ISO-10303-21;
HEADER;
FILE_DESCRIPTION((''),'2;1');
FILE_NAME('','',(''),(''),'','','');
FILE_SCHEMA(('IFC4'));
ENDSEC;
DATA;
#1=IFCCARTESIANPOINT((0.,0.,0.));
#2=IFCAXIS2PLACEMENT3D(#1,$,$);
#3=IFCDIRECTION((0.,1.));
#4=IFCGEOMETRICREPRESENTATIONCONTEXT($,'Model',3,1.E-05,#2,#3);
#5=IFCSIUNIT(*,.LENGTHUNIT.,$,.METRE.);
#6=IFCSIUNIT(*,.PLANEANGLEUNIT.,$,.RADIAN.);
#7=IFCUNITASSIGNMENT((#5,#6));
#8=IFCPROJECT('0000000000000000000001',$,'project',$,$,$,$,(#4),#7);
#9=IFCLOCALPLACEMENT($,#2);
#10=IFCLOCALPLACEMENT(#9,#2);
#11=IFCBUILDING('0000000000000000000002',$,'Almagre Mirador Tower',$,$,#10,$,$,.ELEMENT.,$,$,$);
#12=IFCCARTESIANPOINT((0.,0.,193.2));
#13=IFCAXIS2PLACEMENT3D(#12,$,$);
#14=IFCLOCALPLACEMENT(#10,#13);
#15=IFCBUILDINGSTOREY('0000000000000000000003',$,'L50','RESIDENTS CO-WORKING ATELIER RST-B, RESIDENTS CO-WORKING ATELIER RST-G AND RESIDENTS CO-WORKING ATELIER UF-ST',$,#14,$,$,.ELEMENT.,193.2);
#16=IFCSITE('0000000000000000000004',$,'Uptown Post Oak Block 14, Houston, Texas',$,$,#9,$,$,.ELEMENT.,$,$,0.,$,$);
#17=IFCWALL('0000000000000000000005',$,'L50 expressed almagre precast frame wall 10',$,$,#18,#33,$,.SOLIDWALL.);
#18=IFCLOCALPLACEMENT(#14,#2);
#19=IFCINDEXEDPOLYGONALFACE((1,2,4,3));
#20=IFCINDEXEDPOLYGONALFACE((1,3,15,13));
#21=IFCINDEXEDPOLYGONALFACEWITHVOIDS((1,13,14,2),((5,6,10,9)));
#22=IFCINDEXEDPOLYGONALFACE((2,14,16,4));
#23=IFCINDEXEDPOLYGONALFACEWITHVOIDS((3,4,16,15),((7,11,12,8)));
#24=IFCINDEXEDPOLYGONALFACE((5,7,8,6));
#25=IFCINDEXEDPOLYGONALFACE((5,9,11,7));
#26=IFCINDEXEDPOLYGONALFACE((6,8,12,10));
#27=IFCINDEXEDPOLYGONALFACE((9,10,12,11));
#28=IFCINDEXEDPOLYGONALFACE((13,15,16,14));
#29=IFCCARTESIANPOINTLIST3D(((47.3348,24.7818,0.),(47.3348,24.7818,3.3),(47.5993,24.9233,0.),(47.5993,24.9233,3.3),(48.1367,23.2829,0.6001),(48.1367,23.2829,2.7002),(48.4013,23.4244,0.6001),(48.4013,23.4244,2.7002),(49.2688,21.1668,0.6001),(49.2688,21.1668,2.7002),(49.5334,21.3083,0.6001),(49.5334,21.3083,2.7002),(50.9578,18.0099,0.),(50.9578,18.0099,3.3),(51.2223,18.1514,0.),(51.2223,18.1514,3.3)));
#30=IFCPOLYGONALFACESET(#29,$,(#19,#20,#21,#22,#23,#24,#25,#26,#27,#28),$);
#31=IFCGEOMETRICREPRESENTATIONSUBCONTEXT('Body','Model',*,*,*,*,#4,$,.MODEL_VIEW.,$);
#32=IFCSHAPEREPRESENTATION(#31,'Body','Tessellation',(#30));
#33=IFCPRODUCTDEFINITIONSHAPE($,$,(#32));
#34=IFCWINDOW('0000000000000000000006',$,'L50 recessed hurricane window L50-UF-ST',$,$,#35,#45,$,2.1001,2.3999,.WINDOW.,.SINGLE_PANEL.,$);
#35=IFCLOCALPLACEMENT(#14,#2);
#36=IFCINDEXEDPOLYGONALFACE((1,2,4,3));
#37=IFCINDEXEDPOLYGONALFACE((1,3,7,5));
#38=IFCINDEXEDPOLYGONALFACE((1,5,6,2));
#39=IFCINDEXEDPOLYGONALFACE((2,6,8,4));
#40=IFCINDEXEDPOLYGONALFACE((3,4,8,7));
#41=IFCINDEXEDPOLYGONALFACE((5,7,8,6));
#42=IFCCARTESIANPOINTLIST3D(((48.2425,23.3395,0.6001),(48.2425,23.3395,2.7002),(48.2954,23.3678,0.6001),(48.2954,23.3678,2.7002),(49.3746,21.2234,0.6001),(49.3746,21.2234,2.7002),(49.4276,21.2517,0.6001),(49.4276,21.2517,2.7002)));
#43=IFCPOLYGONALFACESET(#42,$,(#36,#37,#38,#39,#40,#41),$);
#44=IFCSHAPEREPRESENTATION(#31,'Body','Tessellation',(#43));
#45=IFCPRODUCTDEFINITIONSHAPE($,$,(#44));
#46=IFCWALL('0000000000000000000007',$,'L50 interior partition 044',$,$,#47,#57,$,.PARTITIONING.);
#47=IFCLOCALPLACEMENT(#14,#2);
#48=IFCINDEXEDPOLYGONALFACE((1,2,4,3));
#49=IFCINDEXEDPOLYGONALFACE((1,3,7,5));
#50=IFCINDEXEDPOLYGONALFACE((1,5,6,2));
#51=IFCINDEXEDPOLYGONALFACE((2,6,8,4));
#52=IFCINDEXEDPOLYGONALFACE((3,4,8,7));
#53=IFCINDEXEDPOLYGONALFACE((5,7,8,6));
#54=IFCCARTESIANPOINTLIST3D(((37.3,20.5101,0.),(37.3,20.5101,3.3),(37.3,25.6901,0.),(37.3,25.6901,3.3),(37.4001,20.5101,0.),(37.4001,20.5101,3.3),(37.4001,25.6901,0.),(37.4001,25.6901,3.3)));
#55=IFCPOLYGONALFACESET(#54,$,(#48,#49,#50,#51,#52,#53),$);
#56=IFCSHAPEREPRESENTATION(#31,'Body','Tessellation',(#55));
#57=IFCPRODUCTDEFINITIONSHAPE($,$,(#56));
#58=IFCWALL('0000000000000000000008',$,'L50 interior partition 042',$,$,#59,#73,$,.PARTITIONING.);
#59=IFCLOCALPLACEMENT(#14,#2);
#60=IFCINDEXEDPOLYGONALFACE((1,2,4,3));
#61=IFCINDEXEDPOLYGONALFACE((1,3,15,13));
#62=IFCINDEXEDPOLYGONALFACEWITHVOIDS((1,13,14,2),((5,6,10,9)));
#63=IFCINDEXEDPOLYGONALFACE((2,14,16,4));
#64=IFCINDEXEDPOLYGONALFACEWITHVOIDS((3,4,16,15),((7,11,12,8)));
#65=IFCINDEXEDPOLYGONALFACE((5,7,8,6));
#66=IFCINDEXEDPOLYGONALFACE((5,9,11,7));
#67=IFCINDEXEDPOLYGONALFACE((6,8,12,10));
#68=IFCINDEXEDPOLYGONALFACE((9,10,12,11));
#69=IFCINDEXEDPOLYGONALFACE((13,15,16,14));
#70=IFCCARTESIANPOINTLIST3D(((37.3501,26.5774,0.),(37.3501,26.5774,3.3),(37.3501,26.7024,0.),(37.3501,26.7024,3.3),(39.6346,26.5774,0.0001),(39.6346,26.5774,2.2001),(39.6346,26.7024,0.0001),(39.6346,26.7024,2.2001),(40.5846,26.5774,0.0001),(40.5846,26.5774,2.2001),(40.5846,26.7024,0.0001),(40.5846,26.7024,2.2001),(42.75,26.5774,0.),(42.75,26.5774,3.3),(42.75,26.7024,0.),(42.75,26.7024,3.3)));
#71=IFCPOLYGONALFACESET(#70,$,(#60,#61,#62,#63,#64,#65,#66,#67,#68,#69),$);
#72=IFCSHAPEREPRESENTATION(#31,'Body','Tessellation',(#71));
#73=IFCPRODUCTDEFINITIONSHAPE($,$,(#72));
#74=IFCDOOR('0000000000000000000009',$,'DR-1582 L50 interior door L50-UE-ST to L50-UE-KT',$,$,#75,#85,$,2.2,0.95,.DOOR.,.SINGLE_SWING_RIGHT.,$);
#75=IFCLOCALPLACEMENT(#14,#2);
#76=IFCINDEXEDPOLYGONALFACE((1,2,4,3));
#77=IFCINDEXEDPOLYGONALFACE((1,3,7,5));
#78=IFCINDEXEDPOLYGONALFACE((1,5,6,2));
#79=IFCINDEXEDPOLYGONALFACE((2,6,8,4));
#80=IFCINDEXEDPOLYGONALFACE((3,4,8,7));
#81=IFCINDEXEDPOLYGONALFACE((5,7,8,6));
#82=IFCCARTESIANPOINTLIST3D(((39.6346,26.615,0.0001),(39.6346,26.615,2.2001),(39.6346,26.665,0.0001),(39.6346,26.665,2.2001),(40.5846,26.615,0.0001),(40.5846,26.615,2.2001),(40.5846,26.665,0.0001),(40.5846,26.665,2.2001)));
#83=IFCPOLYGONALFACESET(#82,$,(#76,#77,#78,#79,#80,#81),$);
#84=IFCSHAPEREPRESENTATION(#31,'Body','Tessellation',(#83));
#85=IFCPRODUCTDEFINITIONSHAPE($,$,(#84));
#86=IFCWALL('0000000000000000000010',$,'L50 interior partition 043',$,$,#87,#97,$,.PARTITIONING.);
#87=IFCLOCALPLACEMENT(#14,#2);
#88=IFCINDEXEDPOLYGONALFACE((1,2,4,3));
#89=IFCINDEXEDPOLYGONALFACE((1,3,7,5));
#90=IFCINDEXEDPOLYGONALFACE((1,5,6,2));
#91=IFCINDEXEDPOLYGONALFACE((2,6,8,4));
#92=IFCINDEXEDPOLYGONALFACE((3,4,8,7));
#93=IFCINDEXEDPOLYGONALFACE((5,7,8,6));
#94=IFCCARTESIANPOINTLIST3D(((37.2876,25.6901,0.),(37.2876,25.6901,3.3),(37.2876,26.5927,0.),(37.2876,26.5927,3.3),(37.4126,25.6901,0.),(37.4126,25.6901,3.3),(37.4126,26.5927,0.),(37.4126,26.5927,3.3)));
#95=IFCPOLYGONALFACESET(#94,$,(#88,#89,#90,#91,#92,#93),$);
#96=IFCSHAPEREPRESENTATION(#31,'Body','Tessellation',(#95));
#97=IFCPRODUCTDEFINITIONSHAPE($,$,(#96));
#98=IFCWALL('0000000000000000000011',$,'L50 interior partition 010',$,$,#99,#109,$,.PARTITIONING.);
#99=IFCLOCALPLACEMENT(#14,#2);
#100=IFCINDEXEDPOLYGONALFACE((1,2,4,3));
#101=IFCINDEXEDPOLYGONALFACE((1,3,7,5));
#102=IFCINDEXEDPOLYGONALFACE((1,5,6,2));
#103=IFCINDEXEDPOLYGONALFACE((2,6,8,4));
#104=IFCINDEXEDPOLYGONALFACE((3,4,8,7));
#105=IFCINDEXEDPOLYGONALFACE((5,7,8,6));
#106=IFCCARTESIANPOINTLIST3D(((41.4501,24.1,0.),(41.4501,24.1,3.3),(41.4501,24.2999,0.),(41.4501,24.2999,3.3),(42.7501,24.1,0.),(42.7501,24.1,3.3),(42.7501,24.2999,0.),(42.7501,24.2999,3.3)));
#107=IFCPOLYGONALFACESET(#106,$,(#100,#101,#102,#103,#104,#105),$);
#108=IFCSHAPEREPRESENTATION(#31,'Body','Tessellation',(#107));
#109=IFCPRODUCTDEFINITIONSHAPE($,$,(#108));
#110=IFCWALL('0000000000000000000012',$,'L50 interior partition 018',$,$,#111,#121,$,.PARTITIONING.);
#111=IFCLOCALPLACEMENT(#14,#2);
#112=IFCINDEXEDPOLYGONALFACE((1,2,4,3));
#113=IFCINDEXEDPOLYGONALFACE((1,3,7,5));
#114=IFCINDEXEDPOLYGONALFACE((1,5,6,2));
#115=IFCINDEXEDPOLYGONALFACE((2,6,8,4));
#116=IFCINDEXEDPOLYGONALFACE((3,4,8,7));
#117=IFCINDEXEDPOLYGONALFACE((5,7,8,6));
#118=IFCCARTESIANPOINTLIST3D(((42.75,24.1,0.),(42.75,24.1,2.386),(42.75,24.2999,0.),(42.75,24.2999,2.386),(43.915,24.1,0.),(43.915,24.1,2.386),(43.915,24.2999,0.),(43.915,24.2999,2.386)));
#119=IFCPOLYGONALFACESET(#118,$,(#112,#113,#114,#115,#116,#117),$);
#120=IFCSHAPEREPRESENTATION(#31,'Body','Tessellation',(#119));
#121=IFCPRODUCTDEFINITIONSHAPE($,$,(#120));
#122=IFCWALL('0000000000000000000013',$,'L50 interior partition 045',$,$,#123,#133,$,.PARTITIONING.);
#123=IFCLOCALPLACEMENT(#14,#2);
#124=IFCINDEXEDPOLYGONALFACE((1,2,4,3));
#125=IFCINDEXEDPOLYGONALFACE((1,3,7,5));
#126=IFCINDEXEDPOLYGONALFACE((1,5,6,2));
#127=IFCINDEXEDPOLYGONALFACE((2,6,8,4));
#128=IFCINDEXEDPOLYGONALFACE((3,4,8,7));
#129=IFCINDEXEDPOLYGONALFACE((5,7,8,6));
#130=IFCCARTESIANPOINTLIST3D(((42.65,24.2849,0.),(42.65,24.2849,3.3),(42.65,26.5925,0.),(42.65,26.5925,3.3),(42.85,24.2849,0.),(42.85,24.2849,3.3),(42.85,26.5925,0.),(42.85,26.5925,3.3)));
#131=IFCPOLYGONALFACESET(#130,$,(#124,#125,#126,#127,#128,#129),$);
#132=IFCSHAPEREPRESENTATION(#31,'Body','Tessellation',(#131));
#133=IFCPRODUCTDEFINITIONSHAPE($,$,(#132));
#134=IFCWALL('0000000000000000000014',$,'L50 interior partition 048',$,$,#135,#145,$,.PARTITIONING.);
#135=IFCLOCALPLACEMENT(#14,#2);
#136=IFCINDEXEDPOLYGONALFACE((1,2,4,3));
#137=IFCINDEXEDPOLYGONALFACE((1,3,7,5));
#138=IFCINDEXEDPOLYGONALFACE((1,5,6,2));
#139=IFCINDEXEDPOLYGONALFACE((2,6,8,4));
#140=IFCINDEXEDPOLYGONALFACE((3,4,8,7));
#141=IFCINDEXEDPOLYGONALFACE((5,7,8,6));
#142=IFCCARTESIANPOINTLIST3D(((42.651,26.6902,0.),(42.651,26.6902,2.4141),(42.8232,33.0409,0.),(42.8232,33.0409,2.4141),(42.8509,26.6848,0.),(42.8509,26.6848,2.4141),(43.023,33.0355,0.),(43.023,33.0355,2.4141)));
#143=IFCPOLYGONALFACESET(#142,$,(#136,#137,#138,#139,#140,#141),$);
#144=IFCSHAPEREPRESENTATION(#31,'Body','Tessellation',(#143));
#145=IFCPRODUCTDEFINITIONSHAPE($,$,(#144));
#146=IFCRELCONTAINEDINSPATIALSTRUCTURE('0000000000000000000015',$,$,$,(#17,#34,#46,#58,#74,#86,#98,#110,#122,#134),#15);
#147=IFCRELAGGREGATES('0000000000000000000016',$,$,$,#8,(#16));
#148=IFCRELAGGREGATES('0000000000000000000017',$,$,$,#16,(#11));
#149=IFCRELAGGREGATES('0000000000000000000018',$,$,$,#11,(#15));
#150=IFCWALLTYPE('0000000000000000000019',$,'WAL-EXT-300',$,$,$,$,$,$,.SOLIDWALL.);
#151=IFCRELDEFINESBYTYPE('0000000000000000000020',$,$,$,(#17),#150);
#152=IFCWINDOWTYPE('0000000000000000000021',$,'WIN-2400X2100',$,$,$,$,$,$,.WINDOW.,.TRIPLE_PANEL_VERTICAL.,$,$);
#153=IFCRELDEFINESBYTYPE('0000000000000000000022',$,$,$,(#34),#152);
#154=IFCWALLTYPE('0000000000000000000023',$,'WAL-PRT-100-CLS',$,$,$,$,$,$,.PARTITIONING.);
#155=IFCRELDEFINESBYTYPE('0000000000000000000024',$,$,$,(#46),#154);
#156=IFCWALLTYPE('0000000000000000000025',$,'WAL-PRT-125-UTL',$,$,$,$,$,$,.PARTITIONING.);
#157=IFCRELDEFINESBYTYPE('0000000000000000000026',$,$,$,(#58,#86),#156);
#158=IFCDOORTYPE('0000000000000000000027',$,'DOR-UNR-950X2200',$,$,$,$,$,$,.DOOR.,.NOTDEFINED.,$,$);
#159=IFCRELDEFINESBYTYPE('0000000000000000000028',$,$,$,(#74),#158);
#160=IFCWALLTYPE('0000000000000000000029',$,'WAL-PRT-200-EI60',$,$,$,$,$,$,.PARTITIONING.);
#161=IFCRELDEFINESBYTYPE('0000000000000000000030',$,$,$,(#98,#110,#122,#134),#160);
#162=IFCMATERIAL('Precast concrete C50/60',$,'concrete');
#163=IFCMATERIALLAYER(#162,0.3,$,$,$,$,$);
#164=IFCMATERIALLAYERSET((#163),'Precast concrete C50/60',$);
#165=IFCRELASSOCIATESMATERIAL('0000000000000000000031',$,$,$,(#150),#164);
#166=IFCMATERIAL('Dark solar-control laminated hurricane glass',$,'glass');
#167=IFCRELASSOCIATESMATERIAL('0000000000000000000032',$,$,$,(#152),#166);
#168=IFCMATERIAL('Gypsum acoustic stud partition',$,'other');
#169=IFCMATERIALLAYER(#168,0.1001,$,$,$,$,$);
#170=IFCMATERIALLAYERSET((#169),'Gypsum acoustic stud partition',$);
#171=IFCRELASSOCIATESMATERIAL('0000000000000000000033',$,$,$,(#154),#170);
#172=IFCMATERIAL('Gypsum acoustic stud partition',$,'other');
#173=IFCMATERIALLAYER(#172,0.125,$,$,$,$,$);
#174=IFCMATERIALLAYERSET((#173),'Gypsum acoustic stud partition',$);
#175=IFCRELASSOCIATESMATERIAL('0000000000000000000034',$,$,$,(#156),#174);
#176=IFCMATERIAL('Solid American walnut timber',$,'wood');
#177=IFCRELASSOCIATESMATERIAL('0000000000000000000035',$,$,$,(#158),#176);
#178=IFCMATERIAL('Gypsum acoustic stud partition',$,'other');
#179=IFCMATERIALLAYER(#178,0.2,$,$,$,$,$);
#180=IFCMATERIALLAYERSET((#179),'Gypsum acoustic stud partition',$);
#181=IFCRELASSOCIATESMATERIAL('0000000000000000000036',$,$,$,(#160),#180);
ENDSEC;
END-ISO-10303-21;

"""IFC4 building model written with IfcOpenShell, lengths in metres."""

from ifc_helpers import new_model, si_unit, direction, frame, frame_2d, origin, place, context, subcontext, project, spatial, rectangle, extrude, material, layer, layer_set, type_object, element, fill, save


model = new_model("IFC4")

# Units and contexts
model_context = context("Model", 3, precision=1e-05, world=origin(), true_north=direction((0.0, 1.0)))
body_context = subcontext(model_context, "Body", "Model", "MODEL_VIEW")
ifc_project = project(units=[si_unit("LENGTHUNIT", "METRE"), si_unit("PLANEANGLEUNIT", "RADIAN")], contexts=[model_context])

# Site, building, storey
site_placement = place(None, origin())
site = spatial("IfcSite", under=ifc_project, at=site_placement, Name="Uptown Post Oak Block 14, Houston, Texas", CompositionType="ELEMENT", RefElevation=0.0)
building_placement = place(site_placement, origin())
building = spatial("IfcBuilding", under=site, at=building_placement, Name="Almagre Mirador Tower", CompositionType="ELEMENT")
storey_placement = place(building_placement, frame((0.0, 0.0, 193.2)))
storey = spatial("IfcBuildingStorey", under=building, at=storey_placement, Name="L50", Description="RESIDENTS CO-WORKING ATELIER RST-B, RESIDENTS CO-WORKING ATELIER RST-G AND RESIDENTS CO-WORKING ATELIER UF-ST", CompositionType="ELEMENT", Elevation=193.2)

# Wall, opening, window
ifc_material_1 = material(Name="Precast concrete C50/60", Category="concrete")
ifc_layer_1 = layer(ifc_material_1, 0.3)
ifc_layer_set_1 = layer_set([ifc_layer_1], Name="Precast concrete C50/60")
wall_type_1 = type_object("IfcWallType", Name="WAL-EXT-300", PredefinedType="SOLIDWALL", material=ifc_layer_set_1)
wall_1_placement = place(storey_placement, frame((47.467, 24.8525, 0.0), z_axis=(0.0, 0.0, 1.0), x_axis=(0.471736, -0.88174, 0.0)))
wall_1 = element("IfcWall", 1, at=wall_1_placement, inside=storey, type_object=wall_type_1, Name="L50 expressed almagre precast frame wall 10", PredefinedType="SOLIDWALL", context=body_context, shape_type="SweptSolid", body=[
    extrude(rectangle(XDim=7.6802, YDim=0.3, at=frame_2d((3.8401, 0.0))), origin(), (0.0, 0.0, 1.0), 3.3),
])
opening_1_placement = place(wall_1_placement, frame((1.7, 0.0, 0.6001)))
opening_1 = element("IfcOpeningElement", 2, at=opening_1_placement, cuts=wall_1, PredefinedType="OPENING", context=body_context, shape_type="SweptSolid", body=[
    extrude(rectangle(XDim=2.3999, YDim=2.1001, at=frame_2d((1.2, 1.05))), frame((0.0, 0.1599, 0.0), z_axis=(0.0, -1.0, 0.0), x_axis=(1.0, 0.0, 0.0)), (0.0, 0.0, 1.0), 0.32),
])
ifc_material_2 = material(Name="Dark solar-control laminated hurricane glass", Category="glass")
window_type = type_object("IfcWindowType", Name="WIN-2400X2100", PartitioningType="TRIPLE_PANEL_VERTICAL", PredefinedType="WINDOW", material=ifc_material_2)
window_placement = place(opening_1_placement, origin())
window = element("IfcWindow", 3, at=window_placement, inside=storey, type_object=window_type, Name="L50 recessed hurricane window L50-UF-ST", OverallHeight=2.1001, OverallWidth=2.3999, PartitioningType="SINGLE_PANEL", PredefinedType="WINDOW", context=body_context, shape_type="SweptSolid", body=[
    extrude(rectangle(XDim=2.3999, YDim=2.1001, at=frame_2d((1.2, 1.05))), frame((0.0, 0.03, 0.0), z_axis=(0.0, -1.0, 0.0), x_axis=(1.0, 0.0, 0.0)), (0.0, 0.0, 1.0), 0.0601),
])
fill(opening_1, window)

# Wall
ifc_material_3 = material(Name="Gypsum acoustic stud partition", Category="other")
ifc_layer_2 = layer(ifc_material_3, 0.1001)
ifc_layer_set_2 = layer_set([ifc_layer_2], Name="Gypsum acoustic stud partition")
wall_type_2 = type_object("IfcWallType", Name="WAL-PRT-100-CLS", PredefinedType="PARTITIONING", material=ifc_layer_set_2)
wall_2_placement = place(storey_placement, frame((37.3501, 25.6899, 0.0), z_axis=(0.0, 0.0, 1.0), x_axis=(0.0, -1.0, 0.0)))
element("IfcWall", 4, at=wall_2_placement, inside=storey, type_object=wall_type_2, Name="L50 interior partition 044", PredefinedType="PARTITIONING", context=body_context, shape_type="SweptSolid", body=[
    extrude(rectangle(XDim=5.1799, YDim=0.1001, at=frame_2d((2.5898, 0.0))), origin(), (0.0, 0.0, 1.0), 3.3),
])

# Wall, opening, door
ifc_material_4 = material(Name="Gypsum acoustic stud partition", Category="other")
ifc_layer_3 = layer(ifc_material_4, 0.125)
ifc_layer_set_3 = layer_set([ifc_layer_3], Name="Gypsum acoustic stud partition")
wall_type_3 = type_object("IfcWallType", Name="WAL-PRT-125-UTL", PredefinedType="PARTITIONING", material=ifc_layer_set_3)
wall_3_placement = place(storey_placement, frame((42.75, 26.6399, 0.0), z_axis=(0.0, 0.0, 1.0), x_axis=(-1.0, 0.0, 0.0)))
wall_3 = element("IfcWall", 5, at=wall_3_placement, inside=storey, type_object=wall_type_3, Name="L50 interior partition 042", PredefinedType="PARTITIONING", context=body_context, shape_type="SweptSolid", body=[
    extrude(rectangle(XDim=5.3999, YDim=0.125, at=frame_2d((2.7, 0.0))), origin(), (0.0, 0.0, 1.0), 3.3),
])
opening_2_placement = place(wall_3_placement, frame((2.1653, 0.0, 0.0)))
opening_2 = element("IfcOpeningElement", 6, at=opening_2_placement, cuts=wall_3, PredefinedType="OPENING", context=body_context, shape_type="SweptSolid", body=[
    extrude(rectangle(XDim=0.95, YDim=2.2, at=frame_2d((0.4751, 1.1001))), frame((0.0, 0.0725, 0.0), z_axis=(0.0, -1.0, 0.0), x_axis=(1.0, 0.0, 0.0)), (0.0, 0.0, 1.0), 0.145),
])
ifc_material_5 = material(Name="Solid American walnut timber", Category="wood")
door_type = type_object("IfcDoorType", Name="DOR-UNR-950X2200", OperationType="NOTDEFINED", PredefinedType="DOOR", material=ifc_material_5)
door_placement = place(opening_2_placement, origin())
door = element("IfcDoor", 7, at=door_placement, inside=storey, type_object=door_type, Name="DR-1582 L50 interior door L50-UE-ST to L50-UE-KT", OperationType="SINGLE_SWING_RIGHT", OverallHeight=2.2, OverallWidth=0.95, PredefinedType="DOOR", context=body_context, shape_type="SweptSolid", body=[
    extrude(rectangle(XDim=0.95, YDim=2.2, at=frame_2d((0.4751, 1.1001))), frame((0.0, 0.0249, 0.0), z_axis=(0.0, -1.0, 0.0), x_axis=(1.0, 0.0, 0.0)), (0.0, 0.0, 1.0), 0.05),
])
fill(opening_2, door)

# Walls
wall_4_placement = place(storey_placement, frame((37.3501, 26.5925, 0.0), z_axis=(0.0, 0.0, 1.0), x_axis=(0.0, -1.0, 0.0)))
element("IfcWall", 8, at=wall_4_placement, inside=storey, type_object=wall_type_3, Name="L50 interior partition 043", PredefinedType="PARTITIONING", context=body_context, shape_type="SweptSolid", body=[
    extrude(rectangle(XDim=0.9026, YDim=0.125, at=frame_2d((0.4512, 0.0))), origin(), (0.0, 0.0, 1.0), 3.3),
])
ifc_material_6 = material(Name="Gypsum acoustic stud partition", Category="other")
ifc_layer_4 = layer(ifc_material_6, 0.2)
ifc_layer_set_4 = layer_set([ifc_layer_4], Name="Gypsum acoustic stud partition")
wall_type_4 = type_object("IfcWallType", Name="WAL-PRT-200-EI60", PredefinedType="PARTITIONING", material=ifc_layer_set_4)
wall_5_placement = place(storey_placement, frame((42.75, 24.2, 0.0), z_axis=(0.0, 0.0, 1.0), x_axis=(-1.0, 0.0, 0.0)))
element("IfcWall", 9, at=wall_5_placement, inside=storey, type_object=wall_type_4, Name="L50 interior partition 010", PredefinedType="PARTITIONING", context=body_context, shape_type="SweptSolid", body=[
    extrude(rectangle(XDim=1.3, YDim=0.2, at=frame_2d((0.6499, 0.0))), origin(), (0.0, 0.0, 1.0), 3.3),
])
wall_6_placement = place(storey_placement, frame((43.915, 24.2, 0.0), z_axis=(0.0, 0.0, 1.0), x_axis=(-1.0, 0.0, 0.0)))
element("IfcWall", 10, at=wall_6_placement, inside=storey, type_object=wall_type_4, Name="L50 interior partition 018", PredefinedType="PARTITIONING", context=body_context, shape_type="SweptSolid", body=[
    extrude(rectangle(XDim=1.165, YDim=0.2, at=frame_2d((0.5825, 0.0))), origin(), (0.0, 0.0, 1.0), 2.386),
])
wall_7_placement = place(storey_placement, frame((42.75, 24.2849, 0.0), z_axis=(0.0, 0.0, 1.0), x_axis=(0.0, 1.0, 0.0)))
element("IfcWall", 11, at=wall_7_placement, inside=storey, type_object=wall_type_4, Name="L50 interior partition 045", PredefinedType="PARTITIONING", context=body_context, shape_type="SweptSolid", body=[
    extrude(rectangle(XDim=2.3076, YDim=0.2, at=frame_2d((1.1538, 0.0))), origin(), (0.0, 0.0, 1.0), 3.3),
])
wall_8_placement = place(storey_placement, frame((42.751, 26.6875, 0.0), z_axis=(0.0, 0.0, 1.0), x_axis=(0.027093, 0.999633, 0.0)))
element("IfcWall", 12, at=wall_8_placement, inside=storey, type_object=wall_type_4, Name="L50 interior partition 048", PredefinedType="PARTITIONING", context=body_context, shape_type="SweptSolid", body=[
    extrude(rectangle(XDim=6.353, YDim=0.2, at=frame_2d((3.1765, 0.0))), origin(), (0.0, 0.0, 1.0), 2.4141),
])

save(model, "model.ifc")
